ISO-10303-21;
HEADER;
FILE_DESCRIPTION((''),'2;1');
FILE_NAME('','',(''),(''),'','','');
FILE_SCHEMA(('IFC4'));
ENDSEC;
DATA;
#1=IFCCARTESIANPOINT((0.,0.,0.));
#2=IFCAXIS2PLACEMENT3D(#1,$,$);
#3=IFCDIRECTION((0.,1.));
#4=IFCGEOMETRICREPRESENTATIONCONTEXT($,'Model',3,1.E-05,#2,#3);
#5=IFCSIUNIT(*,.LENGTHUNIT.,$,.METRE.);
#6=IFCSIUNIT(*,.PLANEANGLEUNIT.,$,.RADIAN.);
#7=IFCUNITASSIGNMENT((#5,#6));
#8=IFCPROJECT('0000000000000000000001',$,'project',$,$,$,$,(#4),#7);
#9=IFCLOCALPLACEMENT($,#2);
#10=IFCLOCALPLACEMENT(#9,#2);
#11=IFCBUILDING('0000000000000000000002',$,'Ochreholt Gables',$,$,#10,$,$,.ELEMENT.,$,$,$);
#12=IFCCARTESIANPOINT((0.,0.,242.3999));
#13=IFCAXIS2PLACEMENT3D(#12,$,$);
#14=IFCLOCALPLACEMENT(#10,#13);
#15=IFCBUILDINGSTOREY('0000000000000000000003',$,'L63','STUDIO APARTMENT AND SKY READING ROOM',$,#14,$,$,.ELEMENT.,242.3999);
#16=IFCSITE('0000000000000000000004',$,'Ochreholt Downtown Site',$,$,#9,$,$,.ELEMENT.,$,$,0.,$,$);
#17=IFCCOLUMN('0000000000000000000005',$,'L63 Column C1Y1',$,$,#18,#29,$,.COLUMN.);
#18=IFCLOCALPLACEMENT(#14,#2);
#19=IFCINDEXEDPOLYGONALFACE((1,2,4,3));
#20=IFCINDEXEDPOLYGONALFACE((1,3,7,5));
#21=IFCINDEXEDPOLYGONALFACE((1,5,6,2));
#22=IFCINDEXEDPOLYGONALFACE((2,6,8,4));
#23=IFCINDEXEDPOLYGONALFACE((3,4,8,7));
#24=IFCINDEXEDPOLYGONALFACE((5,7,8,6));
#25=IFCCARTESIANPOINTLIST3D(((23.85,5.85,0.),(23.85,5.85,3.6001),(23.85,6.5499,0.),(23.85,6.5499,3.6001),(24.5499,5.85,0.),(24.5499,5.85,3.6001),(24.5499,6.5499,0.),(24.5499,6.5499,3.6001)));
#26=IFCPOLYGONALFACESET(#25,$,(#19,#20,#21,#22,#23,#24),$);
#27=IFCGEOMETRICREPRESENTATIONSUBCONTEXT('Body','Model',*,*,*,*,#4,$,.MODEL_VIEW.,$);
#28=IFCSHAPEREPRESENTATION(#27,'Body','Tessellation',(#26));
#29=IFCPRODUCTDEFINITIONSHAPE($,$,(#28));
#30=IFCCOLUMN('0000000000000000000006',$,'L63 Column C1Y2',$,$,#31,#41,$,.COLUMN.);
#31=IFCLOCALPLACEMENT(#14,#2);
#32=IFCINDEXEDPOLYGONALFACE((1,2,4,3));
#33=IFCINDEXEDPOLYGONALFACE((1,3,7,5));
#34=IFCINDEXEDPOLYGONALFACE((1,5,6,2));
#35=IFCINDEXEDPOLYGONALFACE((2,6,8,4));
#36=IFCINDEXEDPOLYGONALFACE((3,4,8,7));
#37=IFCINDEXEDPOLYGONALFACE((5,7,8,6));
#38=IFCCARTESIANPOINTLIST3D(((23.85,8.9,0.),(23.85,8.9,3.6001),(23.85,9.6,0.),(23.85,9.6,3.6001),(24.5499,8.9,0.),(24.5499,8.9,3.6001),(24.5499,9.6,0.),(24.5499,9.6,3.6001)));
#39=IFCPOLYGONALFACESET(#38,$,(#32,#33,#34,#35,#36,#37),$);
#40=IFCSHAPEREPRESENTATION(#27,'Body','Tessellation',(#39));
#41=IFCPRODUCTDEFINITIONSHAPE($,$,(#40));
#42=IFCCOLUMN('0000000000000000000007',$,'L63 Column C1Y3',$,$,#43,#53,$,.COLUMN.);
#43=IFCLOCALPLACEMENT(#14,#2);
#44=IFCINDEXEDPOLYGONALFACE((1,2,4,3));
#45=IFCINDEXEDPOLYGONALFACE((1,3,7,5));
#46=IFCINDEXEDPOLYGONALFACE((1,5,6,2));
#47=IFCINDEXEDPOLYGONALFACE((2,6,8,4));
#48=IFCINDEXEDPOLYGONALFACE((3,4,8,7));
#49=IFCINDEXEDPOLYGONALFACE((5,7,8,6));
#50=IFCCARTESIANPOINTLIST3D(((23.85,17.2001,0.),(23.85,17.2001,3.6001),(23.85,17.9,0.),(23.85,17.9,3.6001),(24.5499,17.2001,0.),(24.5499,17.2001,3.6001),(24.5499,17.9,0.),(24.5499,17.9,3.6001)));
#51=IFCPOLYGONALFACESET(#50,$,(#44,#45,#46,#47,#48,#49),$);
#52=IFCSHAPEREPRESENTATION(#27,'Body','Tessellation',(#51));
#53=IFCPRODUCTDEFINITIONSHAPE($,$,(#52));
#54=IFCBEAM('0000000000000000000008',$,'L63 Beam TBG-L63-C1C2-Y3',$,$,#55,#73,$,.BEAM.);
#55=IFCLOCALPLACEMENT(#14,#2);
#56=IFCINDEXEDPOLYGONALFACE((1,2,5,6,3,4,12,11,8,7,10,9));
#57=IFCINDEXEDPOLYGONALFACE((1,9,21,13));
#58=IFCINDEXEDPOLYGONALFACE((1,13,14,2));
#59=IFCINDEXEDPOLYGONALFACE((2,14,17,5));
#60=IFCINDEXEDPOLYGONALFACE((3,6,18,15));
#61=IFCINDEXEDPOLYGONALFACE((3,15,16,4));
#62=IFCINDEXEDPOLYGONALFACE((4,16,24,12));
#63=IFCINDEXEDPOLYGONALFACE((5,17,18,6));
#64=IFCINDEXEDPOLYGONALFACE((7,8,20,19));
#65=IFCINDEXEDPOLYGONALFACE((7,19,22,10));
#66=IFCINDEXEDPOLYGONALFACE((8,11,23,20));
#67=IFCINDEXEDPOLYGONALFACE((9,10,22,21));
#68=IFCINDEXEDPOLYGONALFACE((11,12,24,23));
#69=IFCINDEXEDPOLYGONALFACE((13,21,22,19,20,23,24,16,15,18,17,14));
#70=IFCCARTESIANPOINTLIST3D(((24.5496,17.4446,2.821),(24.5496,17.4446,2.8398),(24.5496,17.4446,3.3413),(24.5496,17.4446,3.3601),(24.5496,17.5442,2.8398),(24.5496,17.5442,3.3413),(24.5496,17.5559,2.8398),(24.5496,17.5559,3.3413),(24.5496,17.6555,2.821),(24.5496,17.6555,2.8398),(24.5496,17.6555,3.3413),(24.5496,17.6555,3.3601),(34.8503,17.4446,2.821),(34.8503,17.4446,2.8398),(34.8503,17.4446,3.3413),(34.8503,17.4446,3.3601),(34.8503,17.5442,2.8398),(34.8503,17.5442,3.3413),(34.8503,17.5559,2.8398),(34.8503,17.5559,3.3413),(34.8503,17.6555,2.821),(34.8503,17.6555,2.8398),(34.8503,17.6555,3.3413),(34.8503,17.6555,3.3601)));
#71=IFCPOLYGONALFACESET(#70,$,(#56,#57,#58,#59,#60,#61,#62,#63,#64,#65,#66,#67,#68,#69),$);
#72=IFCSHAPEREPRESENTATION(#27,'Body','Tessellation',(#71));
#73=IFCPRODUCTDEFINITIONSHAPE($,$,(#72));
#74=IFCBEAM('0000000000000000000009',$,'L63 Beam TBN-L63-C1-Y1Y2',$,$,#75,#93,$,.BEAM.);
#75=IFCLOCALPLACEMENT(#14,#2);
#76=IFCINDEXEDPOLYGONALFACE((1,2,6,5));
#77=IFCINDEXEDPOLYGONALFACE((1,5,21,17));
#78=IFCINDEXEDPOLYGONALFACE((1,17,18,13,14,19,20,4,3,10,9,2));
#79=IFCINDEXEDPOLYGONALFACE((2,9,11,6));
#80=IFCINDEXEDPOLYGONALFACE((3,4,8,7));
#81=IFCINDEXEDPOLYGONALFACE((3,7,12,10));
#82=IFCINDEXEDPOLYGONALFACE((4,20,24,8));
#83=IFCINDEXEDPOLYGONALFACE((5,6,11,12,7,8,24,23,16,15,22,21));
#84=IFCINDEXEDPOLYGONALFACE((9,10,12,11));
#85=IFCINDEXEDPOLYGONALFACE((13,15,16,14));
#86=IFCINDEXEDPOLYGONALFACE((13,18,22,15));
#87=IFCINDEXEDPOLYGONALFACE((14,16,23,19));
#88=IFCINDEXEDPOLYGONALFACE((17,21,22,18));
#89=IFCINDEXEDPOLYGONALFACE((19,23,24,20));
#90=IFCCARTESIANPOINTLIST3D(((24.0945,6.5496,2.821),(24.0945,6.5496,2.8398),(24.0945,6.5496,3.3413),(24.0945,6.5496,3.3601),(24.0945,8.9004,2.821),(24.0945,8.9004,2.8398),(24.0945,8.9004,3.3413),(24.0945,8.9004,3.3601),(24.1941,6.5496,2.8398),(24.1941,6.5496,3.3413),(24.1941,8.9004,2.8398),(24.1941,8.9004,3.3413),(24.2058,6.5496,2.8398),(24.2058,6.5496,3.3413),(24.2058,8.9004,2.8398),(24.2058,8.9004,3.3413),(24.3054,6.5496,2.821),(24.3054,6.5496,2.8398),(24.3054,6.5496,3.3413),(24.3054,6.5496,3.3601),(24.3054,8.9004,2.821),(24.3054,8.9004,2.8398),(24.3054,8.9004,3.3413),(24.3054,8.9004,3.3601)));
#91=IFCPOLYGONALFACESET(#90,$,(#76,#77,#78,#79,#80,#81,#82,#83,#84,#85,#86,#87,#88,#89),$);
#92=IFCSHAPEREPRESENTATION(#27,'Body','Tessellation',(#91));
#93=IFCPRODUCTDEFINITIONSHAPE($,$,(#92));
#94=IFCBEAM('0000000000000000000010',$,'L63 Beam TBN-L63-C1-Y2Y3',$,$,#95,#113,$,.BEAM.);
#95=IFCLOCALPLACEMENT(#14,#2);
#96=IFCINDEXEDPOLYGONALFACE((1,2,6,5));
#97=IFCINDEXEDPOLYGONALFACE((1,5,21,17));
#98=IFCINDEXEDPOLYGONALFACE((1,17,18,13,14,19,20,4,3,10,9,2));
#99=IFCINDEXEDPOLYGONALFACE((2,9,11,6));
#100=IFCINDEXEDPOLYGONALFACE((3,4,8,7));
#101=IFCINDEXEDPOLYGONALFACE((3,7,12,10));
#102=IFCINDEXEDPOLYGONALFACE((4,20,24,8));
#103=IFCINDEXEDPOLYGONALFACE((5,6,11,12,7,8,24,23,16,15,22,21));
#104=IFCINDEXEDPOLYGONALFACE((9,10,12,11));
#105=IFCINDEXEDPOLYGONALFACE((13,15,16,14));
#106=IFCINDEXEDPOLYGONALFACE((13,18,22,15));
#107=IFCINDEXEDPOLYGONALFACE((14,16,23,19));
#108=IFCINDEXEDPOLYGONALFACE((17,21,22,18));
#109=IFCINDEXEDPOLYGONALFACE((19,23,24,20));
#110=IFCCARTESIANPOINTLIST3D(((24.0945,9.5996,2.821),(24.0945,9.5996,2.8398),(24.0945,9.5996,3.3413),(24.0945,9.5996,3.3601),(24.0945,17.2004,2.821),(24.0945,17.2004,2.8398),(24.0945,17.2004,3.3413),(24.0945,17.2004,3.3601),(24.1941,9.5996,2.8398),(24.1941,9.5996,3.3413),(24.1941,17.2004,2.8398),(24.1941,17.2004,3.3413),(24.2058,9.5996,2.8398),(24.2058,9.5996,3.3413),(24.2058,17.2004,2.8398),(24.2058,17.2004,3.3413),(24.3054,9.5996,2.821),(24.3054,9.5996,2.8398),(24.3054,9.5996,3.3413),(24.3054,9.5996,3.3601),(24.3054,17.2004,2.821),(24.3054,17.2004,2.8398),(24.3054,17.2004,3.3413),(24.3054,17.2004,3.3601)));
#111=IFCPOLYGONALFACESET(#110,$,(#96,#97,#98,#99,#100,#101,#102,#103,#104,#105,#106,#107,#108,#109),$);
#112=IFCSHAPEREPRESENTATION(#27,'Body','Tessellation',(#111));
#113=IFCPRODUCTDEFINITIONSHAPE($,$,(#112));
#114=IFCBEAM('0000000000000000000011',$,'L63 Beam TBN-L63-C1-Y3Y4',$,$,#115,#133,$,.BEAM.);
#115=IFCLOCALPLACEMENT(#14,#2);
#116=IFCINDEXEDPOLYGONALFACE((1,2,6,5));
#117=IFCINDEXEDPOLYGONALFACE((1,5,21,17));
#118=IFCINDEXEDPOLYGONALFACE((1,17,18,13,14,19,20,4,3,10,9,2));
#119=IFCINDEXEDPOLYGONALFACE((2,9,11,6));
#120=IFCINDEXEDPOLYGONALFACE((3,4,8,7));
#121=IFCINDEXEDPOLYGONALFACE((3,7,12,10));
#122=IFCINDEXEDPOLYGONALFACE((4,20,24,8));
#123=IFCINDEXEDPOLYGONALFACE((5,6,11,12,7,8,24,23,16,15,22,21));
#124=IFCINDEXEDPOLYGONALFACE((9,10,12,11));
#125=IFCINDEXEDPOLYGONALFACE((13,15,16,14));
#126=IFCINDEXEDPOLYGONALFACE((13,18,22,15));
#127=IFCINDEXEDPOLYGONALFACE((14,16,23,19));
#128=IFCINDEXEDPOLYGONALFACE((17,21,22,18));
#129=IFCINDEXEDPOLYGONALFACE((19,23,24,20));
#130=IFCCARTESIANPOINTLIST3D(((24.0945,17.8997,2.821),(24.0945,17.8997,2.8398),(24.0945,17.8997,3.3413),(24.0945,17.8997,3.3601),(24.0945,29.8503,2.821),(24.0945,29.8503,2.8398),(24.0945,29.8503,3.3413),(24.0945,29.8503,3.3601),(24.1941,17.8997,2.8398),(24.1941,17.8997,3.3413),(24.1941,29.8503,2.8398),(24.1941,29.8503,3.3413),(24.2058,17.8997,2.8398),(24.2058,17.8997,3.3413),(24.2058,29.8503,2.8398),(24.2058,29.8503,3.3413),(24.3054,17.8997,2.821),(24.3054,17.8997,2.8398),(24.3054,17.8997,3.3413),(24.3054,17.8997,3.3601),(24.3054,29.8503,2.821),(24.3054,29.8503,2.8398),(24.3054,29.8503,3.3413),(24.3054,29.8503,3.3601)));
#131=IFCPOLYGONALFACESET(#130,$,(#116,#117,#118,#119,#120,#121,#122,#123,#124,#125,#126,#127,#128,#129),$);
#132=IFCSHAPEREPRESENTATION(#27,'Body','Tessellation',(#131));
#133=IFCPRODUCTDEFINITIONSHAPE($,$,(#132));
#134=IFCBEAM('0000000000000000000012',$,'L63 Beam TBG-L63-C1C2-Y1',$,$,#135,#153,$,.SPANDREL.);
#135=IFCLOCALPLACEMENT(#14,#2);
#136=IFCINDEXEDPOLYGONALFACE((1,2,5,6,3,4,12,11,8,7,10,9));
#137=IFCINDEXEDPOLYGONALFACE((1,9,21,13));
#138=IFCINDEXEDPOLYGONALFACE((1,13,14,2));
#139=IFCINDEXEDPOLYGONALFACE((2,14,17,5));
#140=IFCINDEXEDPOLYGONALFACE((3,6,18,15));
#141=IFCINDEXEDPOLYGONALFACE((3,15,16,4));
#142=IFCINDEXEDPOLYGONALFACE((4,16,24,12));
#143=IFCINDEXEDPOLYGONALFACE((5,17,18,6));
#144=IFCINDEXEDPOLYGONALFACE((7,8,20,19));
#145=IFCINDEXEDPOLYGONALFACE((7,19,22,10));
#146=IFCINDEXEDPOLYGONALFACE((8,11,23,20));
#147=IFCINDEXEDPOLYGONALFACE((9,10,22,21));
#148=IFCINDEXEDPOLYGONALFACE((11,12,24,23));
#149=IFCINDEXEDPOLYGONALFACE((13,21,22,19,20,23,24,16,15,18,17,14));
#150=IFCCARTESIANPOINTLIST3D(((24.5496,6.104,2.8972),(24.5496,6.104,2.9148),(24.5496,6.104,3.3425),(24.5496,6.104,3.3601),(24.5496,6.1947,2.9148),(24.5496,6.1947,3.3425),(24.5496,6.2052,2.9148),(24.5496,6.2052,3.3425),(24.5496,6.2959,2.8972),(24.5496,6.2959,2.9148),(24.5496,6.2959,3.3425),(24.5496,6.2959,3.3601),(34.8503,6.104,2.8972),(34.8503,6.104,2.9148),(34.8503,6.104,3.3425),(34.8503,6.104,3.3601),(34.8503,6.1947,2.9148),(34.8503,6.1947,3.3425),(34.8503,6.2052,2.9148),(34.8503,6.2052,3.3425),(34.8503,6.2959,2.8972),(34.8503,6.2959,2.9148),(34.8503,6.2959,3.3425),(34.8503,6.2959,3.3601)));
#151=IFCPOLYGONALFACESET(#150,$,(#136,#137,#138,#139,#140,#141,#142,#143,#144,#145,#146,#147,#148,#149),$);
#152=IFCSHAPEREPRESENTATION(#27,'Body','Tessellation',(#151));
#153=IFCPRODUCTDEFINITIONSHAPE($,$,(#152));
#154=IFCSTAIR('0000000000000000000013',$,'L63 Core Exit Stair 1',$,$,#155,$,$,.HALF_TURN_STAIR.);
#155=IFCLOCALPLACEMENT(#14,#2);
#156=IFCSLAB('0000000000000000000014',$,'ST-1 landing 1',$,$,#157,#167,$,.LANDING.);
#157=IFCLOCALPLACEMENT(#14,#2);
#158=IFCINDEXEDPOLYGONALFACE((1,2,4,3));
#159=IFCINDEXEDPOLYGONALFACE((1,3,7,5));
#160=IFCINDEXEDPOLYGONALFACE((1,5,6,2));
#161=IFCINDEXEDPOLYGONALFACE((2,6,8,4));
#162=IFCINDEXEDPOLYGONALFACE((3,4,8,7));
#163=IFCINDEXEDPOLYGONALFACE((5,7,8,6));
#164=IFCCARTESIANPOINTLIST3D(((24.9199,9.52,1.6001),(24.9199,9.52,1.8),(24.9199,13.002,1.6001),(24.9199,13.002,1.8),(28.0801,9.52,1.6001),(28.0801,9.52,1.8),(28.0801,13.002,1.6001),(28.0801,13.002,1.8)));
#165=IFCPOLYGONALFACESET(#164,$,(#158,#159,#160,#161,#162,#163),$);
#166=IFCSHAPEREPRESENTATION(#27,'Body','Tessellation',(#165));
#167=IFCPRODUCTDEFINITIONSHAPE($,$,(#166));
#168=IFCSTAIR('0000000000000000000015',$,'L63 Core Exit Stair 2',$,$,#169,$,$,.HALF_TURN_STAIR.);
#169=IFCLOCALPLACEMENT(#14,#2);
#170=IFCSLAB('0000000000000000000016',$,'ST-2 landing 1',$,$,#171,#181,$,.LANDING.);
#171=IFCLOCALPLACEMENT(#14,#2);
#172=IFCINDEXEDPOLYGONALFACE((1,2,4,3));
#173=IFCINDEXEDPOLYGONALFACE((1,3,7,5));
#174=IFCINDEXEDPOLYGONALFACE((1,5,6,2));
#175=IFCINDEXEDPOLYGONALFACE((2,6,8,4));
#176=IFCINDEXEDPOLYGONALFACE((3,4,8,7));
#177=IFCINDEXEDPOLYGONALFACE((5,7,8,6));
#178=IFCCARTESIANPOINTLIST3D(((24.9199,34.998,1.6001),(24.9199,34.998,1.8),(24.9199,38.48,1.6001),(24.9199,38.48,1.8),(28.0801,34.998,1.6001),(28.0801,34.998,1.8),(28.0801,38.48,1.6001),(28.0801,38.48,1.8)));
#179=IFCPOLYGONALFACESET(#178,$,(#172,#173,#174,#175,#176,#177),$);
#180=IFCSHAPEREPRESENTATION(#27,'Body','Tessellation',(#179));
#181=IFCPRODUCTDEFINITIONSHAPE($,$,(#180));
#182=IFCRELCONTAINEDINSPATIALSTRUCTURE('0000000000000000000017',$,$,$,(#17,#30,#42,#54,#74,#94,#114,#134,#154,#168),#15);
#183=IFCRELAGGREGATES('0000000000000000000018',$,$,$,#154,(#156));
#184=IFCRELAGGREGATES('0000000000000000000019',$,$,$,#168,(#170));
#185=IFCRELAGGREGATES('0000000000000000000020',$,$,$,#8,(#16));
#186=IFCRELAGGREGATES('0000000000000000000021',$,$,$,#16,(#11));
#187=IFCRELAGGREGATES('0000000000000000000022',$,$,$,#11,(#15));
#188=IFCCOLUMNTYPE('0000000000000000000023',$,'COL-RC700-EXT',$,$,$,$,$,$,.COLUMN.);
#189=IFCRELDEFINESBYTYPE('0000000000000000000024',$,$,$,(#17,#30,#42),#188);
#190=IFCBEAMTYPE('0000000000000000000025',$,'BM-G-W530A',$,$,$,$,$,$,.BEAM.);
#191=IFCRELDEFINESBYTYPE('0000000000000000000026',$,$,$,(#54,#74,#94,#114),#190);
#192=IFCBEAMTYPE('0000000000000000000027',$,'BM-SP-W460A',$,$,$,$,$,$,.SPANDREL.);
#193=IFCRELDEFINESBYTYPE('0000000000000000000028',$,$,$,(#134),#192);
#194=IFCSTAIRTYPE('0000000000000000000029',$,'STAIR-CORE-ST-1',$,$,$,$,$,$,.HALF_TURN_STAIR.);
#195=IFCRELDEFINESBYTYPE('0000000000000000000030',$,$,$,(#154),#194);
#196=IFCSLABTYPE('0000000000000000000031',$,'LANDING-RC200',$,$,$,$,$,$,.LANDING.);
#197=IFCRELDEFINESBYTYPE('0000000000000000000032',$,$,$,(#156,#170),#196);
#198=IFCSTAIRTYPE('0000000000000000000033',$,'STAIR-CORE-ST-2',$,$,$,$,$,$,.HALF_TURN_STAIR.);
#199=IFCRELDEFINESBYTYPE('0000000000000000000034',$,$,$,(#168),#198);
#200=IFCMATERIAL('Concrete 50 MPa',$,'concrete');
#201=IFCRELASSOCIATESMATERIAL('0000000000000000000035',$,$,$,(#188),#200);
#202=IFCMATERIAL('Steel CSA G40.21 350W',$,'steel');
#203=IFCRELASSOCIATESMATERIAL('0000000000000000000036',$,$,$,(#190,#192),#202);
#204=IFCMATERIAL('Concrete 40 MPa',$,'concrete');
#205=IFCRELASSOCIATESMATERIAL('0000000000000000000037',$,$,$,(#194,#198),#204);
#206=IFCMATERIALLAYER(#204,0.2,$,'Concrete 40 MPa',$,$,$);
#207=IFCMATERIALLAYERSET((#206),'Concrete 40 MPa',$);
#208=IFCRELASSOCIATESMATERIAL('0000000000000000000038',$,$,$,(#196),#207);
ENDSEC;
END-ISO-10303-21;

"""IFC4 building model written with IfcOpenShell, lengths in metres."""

from ifc_helpers import new_model, si_unit, direction, frame, origin, origin_2d, place, context, subcontext, project, spatial, polyline, rectangle, i_section, outline, extrude, material, layer, layer_set, material_profile, profile_set, type_object, element, aggregate, save


model = new_model("IFC4")

# Units and contexts
model_context = context("Model", 3, precision=1e-05, world=origin(), true_north=direction((0.0, 1.0)))
body_context = subcontext(model_context, "Body", "Model", "MODEL_VIEW")
ifc_project = project(units=[si_unit("LENGTHUNIT", "METRE"), si_unit("PLANEANGLEUNIT", "RADIAN")], contexts=[model_context])

# Site, building, storey
site_placement = place(None, origin())
site = spatial("IfcSite", under=ifc_project, at=site_placement, Name="Ochreholt Downtown Site", CompositionType="ELEMENT", RefElevation=0.0)
building_placement = place(site_placement, origin())
building = spatial("IfcBuilding", under=site, at=building_placement, Name="Ochreholt Gables", CompositionType="ELEMENT")
storey_placement = place(building_placement, frame((0.0, 0.0, 242.3999)))
storey = spatial("IfcBuildingStorey", under=building, at=storey_placement, Name="L63", Description="STUDIO APARTMENT AND SKY READING ROOM", CompositionType="ELEMENT", Elevation=242.3999)

# Columns
ifc_material_1 = material(Name="Concrete 50 MPa", Category="concrete")
ifc_material_profile_1 = material_profile(ifc_material_1, rectangle(XDim=0.7, YDim=0.7, at=origin_2d()), Name="RC700X700")
ifc_profile_set_1 = profile_set([ifc_material_profile_1], Name="Concrete 50 MPa")
column_type = type_object("IfcColumnType", Name="COL-RC700-EXT", PredefinedType="COLUMN", material=ifc_profile_set_1)
for number, where, z_axis, x_axis, name in (
    (1, (24.2, 6.2, 0.0), (0.0, 0.0, 1.0), (1.0, 0.0, 0.0), "L63 Column C1Y1"),
    (2, (24.2, 9.25, 0.0), (0.0, 0.0, 1.0), (1.0, 0.0, 0.0), "L63 Column C1Y2"),
    (3, (24.2, 17.55, 0.0), (0.0, 0.0, 1.0), (1.0, 0.0, 0.0), "L63 Column C1Y3"),
):
    element("IfcColumn", number, at=place(storey_placement, frame(where, z_axis=z_axis, x_axis=x_axis)), inside=storey, type_object=column_type, Name=name, PredefinedType="COLUMN", context=body_context, shape_type="SweptSolid", body=[
        extrude(rectangle(XDim=0.7, YDim=0.7, at=origin_2d()), origin(), (0.0, 0.0, 1.0), 3.6001),
    ])

# Beams
ifc_material_2 = material(Name="Steel CSA G40.21 350W", Category="steel")
ifc_material_profile_2 = material_profile(ifc_material_2, i_section(OverallWidth=0.2109, OverallDepth=0.5391, WebThickness=0.0117, FlangeThickness=0.0188, at=origin_2d()), Name="W530X109")
ifc_profile_set_2 = profile_set([ifc_material_profile_2], Name="Steel CSA G40.21 350W")
beam_type_1 = type_object("IfcBeamType", Name="BM-G-W530A", PredefinedType="BEAM", material=ifc_profile_set_2)
beam_1_placement = place(storey_placement, frame((24.5496, 17.55, 3.0906), z_axis=(1.0, 0.0, 0.0), x_axis=(0.0, 1.0, 0.0)))
element("IfcBeam", 4, at=beam_1_placement, inside=storey, type_object=beam_type_1, Name="L63 Beam TBG-L63-C1C2-Y3", PredefinedType="BEAM", context=body_context, shape_type="SweptSolid", body=[
    extrude(i_section(OverallWidth=0.2109, OverallDepth=0.5391, WebThickness=0.0117, FlangeThickness=0.0188, at=origin_2d()), origin(), (0.0, 0.0, 1.0), 10.3008),
])
beam_2_placement = place(storey_placement, frame((24.2, 6.5496, 3.0906), z_axis=(0.0, 1.0, 0.0), x_axis=(-1.0, 0.0, 0.0)))
element("IfcBeam", 5, at=beam_2_placement, inside=storey, type_object=beam_type_1, Name="L63 Beam TBN-L63-C1-Y1Y2", PredefinedType="BEAM", context=body_context, shape_type="SweptSolid", body=[
    extrude(i_section(OverallWidth=0.2109, OverallDepth=0.5391, WebThickness=0.0117, FlangeThickness=0.0188, at=origin_2d()), origin(), (0.0, 0.0, 1.0), 2.3508),
])
beam_3_placement = place(storey_placement, frame((24.2, 9.5996, 3.0906), z_axis=(0.0, 1.0, 0.0), x_axis=(-1.0, 0.0, 0.0)))
element("IfcBeam", 6, at=beam_3_placement, inside=storey, type_object=beam_type_1, Name="L63 Beam TBN-L63-C1-Y2Y3", PredefinedType="BEAM", context=body_context, shape_type="SweptSolid", body=[
    extrude(i_section(OverallWidth=0.2109, OverallDepth=0.5391, WebThickness=0.0117, FlangeThickness=0.0188, at=origin_2d()), origin(), (0.0, 0.0, 1.0), 7.6008),
])
beam_4_placement = place(storey_placement, frame((24.2, 17.8997, 3.0906), z_axis=(0.0, 1.0, 0.0), x_axis=(-1.0, 0.0, 0.0)))
element("IfcBeam", 7, at=beam_4_placement, inside=storey, type_object=beam_type_1, Name="L63 Beam TBN-L63-C1-Y3Y4", PredefinedType="BEAM", context=body_context, shape_type="SweptSolid", body=[
    extrude(i_section(OverallWidth=0.2109, OverallDepth=0.5391, WebThickness=0.0117, FlangeThickness=0.0188, at=origin_2d()), origin(), (0.0, 0.0, 1.0), 11.9507),
])
ifc_material_profile_3 = material_profile(ifc_material_2, i_section(OverallWidth=0.1919, OverallDepth=0.4629, WebThickness=0.0105, FlangeThickness=0.0176, at=origin_2d()), Name="W460X89")
ifc_profile_set_3 = profile_set([ifc_material_profile_3], Name="Steel CSA G40.21 350W")
beam_type_2 = type_object("IfcBeamType", Name="BM-SP-W460A", PredefinedType="SPANDREL", material=ifc_profile_set_3)
beam_5_placement = place(storey_placement, frame((24.5496, 6.2, 3.1287), z_axis=(1.0, 0.0, 0.0), x_axis=(0.0, 1.0, 0.0)))
element("IfcBeam", 8, at=beam_5_placement, inside=storey, type_object=beam_type_2, Name="L63 Beam TBG-L63-C1C2-Y1", PredefinedType="SPANDREL", context=body_context, shape_type="SweptSolid", body=[
    extrude(i_section(OverallWidth=0.1919, OverallDepth=0.4629, WebThickness=0.0105, FlangeThickness=0.0176, at=origin_2d()), origin(), (0.0, 0.0, 1.0), 10.3008),
])

# Stairs, slabs
ifc_material_3 = material(Name="Concrete 40 MPa", Category="concrete")
stair_type_1 = type_object("IfcStairType", Name="STAIR-CORE-ST-1", PredefinedType="HALF_TURN_STAIR", material=ifc_material_3)
stair_1_placement = place(storey_placement, origin())
stair_1 = element("IfcStair", 9, at=stair_1_placement, inside=storey, type_object=stair_type_1, Name="L63 Core Exit Stair 1", PredefinedType="HALF_TURN_STAIR")
ifc_layer_1 = layer(ifc_material_3, 0.2, Name="Concrete 40 MPa")
ifc_layer_set_1 = layer_set([ifc_layer_1], Name="Concrete 40 MPa")
slab_type_1 = type_object("IfcSlabType", Name="LANDING-RC200", PredefinedType="LANDING", material=ifc_layer_set_1)
slab_1_placement = place(storey_placement, frame((0.0, 0.0, 1.6001)))
slab_1 = element("IfcSlab", 10, at=slab_1_placement, type_object=slab_type_1, Name="ST-1 landing 1", PredefinedType="LANDING", context=body_context, shape_type="SweptSolid", body=[
    extrude(outline(polyline([(24.9199, 13.002), (24.9199, 9.52), (28.0801, 9.52), (28.0801, 13.002), (24.9199, 13.002)])), origin(), (0.0, 0.0, 1.0), 0.2),
])
aggregate(stair_1, [slab_1])
stair_type_2 = type_object("IfcStairType", Name="STAIR-CORE-ST-2", PredefinedType="HALF_TURN_STAIR", material=ifc_material_3)
stair_2_placement = place(storey_placement, origin())
stair_2 = element("IfcStair", 11, at=stair_2_placement, inside=storey, type_object=stair_type_2, Name="L63 Core Exit Stair 2", PredefinedType="HALF_TURN_STAIR")
slab_2_placement = place(storey_placement, frame((0.0, 0.0, 1.6001)))
slab_2 = element("IfcSlab", 12, at=slab_2_placement, type_object=slab_type_1, Name="ST-2 landing 1", PredefinedType="LANDING", context=body_context, shape_type="SweptSolid", body=[
    extrude(outline(polyline([(28.0801, 34.998), (28.0801, 38.48), (24.9199, 38.48), (24.9199, 34.998), (28.0801, 34.998)])), origin(), (0.0, 0.0, 1.0), 0.2),
])
aggregate(stair_2, [slab_2])

save(model, "model.ifc")
